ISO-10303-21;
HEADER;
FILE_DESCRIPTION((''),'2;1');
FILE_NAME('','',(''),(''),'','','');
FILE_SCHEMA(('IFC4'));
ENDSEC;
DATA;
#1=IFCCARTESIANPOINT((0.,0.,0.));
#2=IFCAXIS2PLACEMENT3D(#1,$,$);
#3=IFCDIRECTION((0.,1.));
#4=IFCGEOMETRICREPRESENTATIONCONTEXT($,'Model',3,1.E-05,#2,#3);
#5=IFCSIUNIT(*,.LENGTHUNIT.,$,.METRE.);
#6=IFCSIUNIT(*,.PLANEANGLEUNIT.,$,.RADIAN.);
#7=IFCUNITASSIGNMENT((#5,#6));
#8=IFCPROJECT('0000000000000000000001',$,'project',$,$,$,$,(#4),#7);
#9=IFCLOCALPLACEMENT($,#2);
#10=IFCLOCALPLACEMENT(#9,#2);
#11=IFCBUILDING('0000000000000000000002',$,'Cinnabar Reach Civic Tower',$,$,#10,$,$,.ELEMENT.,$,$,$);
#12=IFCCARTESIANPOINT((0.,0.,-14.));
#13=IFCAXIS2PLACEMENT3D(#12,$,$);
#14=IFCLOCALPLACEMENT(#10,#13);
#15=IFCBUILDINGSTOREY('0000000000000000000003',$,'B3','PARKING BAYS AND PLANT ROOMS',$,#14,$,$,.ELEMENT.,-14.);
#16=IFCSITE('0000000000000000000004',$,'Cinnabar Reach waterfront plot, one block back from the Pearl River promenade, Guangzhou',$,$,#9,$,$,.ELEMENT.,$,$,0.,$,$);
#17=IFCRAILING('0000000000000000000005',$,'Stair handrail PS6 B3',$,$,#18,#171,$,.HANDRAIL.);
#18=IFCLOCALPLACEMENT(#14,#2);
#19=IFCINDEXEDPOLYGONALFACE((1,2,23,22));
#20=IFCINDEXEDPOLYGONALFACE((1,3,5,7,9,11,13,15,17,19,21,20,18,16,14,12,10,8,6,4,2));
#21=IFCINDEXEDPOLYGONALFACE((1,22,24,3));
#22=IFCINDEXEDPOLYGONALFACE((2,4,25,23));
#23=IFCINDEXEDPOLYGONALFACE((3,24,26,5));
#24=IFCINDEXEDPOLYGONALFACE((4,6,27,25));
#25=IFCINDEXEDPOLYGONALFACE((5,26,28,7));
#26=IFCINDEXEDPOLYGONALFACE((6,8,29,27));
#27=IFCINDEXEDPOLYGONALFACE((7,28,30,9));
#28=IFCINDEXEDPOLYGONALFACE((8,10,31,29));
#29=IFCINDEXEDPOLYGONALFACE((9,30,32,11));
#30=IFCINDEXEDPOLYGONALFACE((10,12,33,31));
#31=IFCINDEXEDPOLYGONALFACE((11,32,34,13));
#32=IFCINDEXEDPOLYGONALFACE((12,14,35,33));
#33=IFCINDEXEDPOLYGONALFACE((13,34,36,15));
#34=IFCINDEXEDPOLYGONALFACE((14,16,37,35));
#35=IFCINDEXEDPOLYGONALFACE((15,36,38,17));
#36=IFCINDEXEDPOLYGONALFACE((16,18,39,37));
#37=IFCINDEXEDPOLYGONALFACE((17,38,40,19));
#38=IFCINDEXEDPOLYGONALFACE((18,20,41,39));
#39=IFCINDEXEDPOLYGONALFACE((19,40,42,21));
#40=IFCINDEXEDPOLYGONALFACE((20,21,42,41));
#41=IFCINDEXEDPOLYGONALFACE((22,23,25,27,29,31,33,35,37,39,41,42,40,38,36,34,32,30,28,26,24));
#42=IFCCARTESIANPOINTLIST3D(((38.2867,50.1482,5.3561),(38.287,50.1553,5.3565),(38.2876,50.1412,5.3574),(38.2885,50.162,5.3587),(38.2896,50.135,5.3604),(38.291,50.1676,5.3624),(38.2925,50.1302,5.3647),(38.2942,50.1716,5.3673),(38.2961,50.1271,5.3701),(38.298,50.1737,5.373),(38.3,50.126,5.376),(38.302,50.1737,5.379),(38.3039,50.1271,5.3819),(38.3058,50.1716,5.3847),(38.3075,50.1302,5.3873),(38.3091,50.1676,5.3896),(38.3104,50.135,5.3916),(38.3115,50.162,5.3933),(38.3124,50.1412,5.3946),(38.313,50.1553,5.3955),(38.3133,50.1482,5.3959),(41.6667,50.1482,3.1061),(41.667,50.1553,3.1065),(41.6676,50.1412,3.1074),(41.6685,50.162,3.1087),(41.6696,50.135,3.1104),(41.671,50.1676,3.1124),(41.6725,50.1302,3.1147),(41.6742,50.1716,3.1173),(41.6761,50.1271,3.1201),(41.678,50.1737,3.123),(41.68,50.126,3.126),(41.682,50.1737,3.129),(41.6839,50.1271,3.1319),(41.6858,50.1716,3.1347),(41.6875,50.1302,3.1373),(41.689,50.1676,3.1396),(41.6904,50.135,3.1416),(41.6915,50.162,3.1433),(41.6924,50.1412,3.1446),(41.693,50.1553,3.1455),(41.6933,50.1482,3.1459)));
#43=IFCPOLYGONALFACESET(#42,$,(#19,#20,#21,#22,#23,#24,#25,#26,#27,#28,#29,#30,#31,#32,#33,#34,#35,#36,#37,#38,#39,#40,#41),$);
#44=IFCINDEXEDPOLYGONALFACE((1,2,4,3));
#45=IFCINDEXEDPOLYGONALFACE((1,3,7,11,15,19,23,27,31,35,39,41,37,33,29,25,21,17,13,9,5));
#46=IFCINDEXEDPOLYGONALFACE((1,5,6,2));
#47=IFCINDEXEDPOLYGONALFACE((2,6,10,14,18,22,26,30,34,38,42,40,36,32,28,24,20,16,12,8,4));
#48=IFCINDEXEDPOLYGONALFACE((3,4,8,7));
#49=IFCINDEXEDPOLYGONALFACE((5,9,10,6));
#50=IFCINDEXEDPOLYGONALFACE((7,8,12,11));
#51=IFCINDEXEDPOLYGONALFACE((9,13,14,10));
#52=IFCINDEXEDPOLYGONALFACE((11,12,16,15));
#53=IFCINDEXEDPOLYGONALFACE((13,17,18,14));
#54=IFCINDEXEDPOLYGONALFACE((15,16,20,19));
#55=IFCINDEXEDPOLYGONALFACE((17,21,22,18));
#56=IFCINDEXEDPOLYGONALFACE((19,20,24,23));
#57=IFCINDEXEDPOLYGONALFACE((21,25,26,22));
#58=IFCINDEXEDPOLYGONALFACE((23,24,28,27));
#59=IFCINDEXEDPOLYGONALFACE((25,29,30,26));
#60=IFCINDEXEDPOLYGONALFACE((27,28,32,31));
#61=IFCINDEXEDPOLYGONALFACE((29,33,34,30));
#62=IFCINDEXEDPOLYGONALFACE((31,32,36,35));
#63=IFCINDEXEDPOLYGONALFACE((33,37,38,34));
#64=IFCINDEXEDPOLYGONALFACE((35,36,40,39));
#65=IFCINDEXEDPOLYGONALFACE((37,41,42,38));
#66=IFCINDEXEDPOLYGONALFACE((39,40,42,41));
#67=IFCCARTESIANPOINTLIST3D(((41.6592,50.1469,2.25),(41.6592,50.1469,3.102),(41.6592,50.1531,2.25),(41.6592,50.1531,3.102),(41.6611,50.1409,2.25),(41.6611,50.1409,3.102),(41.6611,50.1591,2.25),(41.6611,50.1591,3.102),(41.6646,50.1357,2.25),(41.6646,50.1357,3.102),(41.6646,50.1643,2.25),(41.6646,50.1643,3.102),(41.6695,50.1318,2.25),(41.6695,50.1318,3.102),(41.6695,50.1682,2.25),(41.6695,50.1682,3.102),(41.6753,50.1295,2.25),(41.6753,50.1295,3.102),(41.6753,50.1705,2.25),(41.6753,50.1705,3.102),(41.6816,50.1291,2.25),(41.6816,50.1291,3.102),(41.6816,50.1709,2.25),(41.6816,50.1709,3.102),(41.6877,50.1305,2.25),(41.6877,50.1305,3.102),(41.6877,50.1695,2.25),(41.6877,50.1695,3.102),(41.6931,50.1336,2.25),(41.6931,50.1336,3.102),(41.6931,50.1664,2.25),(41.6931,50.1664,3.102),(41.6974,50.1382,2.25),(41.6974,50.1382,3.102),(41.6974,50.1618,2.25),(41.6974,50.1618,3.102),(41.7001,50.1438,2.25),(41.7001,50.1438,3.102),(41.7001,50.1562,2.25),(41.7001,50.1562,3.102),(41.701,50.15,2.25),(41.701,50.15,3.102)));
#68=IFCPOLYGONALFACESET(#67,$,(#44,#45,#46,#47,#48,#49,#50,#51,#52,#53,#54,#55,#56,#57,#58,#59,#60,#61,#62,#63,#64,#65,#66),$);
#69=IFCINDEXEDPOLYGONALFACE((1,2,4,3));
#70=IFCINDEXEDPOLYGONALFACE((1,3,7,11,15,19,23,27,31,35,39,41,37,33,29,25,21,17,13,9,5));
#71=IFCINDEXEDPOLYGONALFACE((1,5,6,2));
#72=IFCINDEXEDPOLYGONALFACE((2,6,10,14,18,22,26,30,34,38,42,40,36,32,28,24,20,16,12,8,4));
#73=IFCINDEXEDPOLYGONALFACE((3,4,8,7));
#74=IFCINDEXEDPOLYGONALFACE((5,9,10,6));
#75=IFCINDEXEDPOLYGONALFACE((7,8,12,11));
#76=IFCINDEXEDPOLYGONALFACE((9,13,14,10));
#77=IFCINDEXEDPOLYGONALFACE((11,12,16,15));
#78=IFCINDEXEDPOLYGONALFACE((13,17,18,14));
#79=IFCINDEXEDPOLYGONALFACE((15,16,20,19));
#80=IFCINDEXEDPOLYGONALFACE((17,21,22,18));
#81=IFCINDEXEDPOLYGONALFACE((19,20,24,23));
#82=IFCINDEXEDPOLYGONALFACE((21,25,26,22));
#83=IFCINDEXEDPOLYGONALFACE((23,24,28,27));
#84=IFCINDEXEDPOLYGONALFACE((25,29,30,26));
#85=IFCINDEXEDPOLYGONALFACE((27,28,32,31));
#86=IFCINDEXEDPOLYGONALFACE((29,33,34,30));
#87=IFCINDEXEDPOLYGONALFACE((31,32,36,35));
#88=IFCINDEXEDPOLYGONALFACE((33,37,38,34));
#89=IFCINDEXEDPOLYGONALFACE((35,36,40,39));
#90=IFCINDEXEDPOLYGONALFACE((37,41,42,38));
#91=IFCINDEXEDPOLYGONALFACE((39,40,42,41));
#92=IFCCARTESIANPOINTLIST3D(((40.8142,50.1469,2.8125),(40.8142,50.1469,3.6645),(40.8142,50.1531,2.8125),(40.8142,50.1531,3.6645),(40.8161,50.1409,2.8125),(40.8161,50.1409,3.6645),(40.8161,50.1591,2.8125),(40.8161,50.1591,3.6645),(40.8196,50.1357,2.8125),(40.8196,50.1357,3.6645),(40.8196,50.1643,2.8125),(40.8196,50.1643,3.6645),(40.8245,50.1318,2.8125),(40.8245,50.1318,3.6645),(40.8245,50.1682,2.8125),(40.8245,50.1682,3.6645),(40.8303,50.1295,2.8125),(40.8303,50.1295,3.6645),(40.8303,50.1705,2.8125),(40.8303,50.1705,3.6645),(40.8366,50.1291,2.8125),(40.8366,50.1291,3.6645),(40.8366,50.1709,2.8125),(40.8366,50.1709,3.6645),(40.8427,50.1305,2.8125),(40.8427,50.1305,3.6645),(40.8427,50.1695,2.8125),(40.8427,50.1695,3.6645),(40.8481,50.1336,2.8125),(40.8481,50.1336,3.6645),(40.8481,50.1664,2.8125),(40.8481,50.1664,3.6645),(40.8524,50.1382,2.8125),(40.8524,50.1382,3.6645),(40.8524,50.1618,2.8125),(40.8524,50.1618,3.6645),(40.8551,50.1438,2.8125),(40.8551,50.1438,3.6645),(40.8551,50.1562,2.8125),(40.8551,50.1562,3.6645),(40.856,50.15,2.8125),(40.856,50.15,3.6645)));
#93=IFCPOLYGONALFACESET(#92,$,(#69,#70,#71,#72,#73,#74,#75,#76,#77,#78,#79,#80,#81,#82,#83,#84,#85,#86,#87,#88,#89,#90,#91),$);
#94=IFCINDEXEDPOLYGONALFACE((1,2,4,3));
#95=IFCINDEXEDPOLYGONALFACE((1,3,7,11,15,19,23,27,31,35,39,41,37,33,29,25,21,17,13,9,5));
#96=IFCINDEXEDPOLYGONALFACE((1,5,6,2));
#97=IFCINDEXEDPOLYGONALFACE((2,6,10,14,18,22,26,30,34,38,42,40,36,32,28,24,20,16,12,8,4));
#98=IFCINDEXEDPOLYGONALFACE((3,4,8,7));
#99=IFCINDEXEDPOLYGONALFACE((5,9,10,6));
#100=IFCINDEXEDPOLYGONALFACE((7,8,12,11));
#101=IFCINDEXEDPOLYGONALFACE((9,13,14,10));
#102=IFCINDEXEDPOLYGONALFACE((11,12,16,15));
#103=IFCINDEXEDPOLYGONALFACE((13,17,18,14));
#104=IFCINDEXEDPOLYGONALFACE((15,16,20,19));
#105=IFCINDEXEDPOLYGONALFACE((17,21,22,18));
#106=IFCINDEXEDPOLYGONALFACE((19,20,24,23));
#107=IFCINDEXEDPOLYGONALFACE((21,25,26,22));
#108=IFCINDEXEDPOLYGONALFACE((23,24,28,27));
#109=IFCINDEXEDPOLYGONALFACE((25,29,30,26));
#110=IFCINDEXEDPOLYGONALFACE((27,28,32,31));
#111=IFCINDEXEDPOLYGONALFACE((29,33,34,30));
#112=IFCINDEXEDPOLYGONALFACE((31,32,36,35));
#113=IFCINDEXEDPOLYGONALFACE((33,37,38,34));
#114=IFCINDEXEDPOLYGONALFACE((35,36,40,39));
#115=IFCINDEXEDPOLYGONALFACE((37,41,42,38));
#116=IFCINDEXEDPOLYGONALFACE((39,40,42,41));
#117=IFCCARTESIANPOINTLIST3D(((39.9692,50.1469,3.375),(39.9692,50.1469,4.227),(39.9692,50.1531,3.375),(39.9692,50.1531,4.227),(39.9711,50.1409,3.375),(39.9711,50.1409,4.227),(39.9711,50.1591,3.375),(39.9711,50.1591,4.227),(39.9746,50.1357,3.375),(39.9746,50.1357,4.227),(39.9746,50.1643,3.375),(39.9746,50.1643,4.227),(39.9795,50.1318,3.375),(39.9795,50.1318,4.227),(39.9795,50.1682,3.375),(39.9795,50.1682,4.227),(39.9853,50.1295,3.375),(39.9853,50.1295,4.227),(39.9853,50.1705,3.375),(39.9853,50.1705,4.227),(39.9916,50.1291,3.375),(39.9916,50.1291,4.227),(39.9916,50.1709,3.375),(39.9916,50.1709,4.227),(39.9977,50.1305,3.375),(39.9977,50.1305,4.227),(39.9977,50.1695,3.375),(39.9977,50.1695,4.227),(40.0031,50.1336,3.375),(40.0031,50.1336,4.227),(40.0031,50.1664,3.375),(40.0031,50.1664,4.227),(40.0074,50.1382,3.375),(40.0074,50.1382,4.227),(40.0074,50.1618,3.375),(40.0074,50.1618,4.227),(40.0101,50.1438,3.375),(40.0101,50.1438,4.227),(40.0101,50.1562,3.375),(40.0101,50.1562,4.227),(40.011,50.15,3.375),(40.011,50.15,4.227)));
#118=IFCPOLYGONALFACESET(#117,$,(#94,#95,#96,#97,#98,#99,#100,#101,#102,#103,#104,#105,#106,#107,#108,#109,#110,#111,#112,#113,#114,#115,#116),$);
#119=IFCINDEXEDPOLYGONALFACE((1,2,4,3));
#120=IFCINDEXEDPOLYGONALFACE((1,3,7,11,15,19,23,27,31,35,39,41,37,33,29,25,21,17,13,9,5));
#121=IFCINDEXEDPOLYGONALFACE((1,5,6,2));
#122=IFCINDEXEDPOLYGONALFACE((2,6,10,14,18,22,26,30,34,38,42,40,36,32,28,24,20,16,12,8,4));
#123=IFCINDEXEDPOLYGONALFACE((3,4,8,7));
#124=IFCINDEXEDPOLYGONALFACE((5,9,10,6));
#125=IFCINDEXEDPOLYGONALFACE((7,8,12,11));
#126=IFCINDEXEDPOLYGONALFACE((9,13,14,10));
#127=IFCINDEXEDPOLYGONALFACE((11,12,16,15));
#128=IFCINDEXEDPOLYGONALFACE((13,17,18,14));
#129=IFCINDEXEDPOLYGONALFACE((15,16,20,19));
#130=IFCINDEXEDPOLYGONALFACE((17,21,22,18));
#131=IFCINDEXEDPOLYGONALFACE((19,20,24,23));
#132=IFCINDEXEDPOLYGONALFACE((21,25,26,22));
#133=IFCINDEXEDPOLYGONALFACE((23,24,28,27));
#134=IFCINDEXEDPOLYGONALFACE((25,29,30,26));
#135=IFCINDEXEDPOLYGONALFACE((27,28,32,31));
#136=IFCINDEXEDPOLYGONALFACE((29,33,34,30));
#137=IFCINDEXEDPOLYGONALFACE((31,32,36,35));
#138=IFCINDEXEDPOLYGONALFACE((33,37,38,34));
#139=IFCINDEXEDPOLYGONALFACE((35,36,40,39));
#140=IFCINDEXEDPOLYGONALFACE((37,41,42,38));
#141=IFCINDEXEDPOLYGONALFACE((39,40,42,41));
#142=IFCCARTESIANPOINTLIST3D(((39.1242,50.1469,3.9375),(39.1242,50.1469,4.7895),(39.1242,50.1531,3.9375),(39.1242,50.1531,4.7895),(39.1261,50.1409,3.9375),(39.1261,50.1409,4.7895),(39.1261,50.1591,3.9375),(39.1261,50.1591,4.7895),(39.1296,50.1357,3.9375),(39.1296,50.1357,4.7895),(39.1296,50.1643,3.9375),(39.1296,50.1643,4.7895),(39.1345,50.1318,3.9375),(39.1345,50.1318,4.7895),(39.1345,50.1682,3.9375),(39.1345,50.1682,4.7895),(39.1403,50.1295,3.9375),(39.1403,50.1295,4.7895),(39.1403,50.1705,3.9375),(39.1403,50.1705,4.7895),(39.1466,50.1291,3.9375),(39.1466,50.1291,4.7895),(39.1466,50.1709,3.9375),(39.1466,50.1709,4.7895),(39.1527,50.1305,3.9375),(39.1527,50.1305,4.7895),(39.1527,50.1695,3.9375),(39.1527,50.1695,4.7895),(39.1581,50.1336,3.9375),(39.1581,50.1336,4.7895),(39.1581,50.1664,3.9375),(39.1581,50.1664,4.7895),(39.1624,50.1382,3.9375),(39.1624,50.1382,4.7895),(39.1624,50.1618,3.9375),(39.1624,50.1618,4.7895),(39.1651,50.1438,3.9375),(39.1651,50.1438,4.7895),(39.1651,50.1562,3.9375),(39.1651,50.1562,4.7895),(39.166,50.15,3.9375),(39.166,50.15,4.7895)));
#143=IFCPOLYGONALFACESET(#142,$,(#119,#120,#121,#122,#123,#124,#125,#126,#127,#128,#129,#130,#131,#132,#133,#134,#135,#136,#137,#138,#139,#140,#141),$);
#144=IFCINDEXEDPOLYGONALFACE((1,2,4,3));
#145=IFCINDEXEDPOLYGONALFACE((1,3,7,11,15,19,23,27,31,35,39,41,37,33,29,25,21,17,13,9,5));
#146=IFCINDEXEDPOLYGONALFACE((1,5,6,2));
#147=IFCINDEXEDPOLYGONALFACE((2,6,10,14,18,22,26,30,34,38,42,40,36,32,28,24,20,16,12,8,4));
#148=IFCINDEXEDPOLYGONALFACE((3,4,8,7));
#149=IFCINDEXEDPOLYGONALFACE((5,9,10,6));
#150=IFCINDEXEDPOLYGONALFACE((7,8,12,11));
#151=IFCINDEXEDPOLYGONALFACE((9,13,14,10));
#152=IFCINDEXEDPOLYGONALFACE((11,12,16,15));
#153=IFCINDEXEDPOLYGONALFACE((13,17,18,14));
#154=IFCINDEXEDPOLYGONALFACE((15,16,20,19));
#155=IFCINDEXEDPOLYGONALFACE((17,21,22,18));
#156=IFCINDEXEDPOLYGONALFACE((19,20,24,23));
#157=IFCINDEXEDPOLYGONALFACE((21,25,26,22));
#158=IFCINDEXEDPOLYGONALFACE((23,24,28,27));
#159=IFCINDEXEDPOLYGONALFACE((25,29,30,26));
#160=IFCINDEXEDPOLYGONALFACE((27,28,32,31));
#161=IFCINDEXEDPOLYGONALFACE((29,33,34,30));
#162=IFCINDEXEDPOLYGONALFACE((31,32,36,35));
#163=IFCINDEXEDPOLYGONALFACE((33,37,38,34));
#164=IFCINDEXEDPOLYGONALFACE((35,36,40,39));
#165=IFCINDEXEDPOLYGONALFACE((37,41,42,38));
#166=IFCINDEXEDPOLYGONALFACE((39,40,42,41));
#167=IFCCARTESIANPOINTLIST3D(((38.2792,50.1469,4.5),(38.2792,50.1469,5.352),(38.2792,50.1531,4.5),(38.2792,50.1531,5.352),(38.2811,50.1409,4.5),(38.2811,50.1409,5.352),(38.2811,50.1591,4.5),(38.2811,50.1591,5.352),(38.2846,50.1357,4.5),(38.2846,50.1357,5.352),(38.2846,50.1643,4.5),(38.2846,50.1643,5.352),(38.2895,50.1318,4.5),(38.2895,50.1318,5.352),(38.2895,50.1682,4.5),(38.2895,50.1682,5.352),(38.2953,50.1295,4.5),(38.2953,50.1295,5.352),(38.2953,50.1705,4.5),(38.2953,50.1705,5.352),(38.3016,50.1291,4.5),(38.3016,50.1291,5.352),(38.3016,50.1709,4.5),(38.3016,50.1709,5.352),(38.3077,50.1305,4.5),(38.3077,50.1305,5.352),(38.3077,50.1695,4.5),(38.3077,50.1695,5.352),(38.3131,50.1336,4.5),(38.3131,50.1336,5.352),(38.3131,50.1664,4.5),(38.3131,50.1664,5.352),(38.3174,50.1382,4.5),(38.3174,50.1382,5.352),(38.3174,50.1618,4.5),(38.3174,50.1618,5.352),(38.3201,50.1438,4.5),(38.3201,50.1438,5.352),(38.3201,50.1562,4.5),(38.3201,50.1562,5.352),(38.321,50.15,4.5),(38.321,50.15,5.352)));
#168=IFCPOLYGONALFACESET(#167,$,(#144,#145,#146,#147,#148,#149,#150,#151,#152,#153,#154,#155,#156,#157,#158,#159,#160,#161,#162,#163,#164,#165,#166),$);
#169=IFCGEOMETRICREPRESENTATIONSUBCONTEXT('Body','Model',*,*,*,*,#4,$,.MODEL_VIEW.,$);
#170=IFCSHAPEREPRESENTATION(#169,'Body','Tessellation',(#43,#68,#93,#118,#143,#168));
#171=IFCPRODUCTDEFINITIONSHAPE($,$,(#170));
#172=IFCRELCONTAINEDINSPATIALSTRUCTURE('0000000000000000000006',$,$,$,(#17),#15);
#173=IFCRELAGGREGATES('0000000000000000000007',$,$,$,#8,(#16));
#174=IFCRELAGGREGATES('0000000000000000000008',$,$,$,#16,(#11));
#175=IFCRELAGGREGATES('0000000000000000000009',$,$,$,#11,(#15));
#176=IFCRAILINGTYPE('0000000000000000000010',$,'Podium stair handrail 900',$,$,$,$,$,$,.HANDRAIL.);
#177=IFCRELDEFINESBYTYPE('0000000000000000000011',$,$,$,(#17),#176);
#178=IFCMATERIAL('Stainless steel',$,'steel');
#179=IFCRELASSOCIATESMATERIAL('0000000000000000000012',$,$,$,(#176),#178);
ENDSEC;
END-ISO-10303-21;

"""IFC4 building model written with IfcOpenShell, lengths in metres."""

from ifc_helpers import new_model, si_unit, direction, frame, origin, origin_2d, place, context, subcontext, project, spatial, circle, extrude, material, type_object, element, save


model = new_model("IFC4")

# Units and contexts
model_context = context("Model", 3, precision=1e-05, world=origin(), true_north=direction((0.0, 1.0)))
body_context = subcontext(model_context, "Body", "Model", "MODEL_VIEW")
ifc_project = project(units=[si_unit("LENGTHUNIT", "METRE"), si_unit("PLANEANGLEUNIT", "RADIAN")], contexts=[model_context])

# Site, building, storey
site_placement = place(None, origin())
site = spatial("IfcSite", under=ifc_project, at=site_placement, Name="Cinnabar Reach waterfront plot, one block back from the Pearl River promenade, Guangzhou", CompositionType="ELEMENT", RefElevation=0.0)
building_placement = place(site_placement, origin())
building = spatial("IfcBuilding", under=site, at=building_placement, Name="Cinnabar Reach Civic Tower", CompositionType="ELEMENT")
storey_placement = place(building_placement, frame((0.0, 0.0, -14.0)))
storey = spatial("IfcBuildingStorey", under=building, at=storey_placement, Name="B3", Description="PARKING BAYS AND PLANT ROOMS", CompositionType="ELEMENT", Elevation=-14.0)

# Railing
ifc_material_1 = material(Name="Stainless steel", Category="steel")
railing_type_1 = type_object("IfcRailingType", Name="Podium stair handrail 900", PredefinedType="HANDRAIL", material=ifc_material_1)
railing_1_placement = place(storey_placement, frame((41.68, 50.15, 2.25)))
element("IfcRailing", 1, at=railing_1_placement, inside=storey, type_object=railing_type_1, Name="Stair handrail PS6 B3", PredefinedType="HANDRAIL", context=body_context, shape_type="SweptSolid", body=[
    extrude(circle(Radius=0.024, at=origin_2d()), frame((0.0, 0.0, 0.876), z_axis=(-0.832429, 0.0, 0.554132), x_axis=(0.0, -1.0, 0.0)), (0.0, 0.0, 1.0), 4.0604),
    extrude(circle(Radius=0.021, at=origin_2d()), origin(), (0.0, 0.0, 1.0), 0.852),
    extrude(circle(Radius=0.021, at=origin_2d()), frame((-0.845, 0.0, 0.5625)), (0.0, 0.0, 1.0), 0.852),
    extrude(circle(Radius=0.021, at=origin_2d()), frame((-1.69, 0.0, 1.125)), (0.0, 0.0, 1.0), 0.852),
    extrude(circle(Radius=0.021, at=origin_2d()), frame((-2.535, 0.0, 1.6875)), (0.0, 0.0, 1.0), 0.852),
    extrude(circle(Radius=0.021, at=origin_2d()), frame((-3.38, 0.0, 2.25)), (0.0, 0.0, 1.0), 0.852),
])

save(model, "model.ifc")
